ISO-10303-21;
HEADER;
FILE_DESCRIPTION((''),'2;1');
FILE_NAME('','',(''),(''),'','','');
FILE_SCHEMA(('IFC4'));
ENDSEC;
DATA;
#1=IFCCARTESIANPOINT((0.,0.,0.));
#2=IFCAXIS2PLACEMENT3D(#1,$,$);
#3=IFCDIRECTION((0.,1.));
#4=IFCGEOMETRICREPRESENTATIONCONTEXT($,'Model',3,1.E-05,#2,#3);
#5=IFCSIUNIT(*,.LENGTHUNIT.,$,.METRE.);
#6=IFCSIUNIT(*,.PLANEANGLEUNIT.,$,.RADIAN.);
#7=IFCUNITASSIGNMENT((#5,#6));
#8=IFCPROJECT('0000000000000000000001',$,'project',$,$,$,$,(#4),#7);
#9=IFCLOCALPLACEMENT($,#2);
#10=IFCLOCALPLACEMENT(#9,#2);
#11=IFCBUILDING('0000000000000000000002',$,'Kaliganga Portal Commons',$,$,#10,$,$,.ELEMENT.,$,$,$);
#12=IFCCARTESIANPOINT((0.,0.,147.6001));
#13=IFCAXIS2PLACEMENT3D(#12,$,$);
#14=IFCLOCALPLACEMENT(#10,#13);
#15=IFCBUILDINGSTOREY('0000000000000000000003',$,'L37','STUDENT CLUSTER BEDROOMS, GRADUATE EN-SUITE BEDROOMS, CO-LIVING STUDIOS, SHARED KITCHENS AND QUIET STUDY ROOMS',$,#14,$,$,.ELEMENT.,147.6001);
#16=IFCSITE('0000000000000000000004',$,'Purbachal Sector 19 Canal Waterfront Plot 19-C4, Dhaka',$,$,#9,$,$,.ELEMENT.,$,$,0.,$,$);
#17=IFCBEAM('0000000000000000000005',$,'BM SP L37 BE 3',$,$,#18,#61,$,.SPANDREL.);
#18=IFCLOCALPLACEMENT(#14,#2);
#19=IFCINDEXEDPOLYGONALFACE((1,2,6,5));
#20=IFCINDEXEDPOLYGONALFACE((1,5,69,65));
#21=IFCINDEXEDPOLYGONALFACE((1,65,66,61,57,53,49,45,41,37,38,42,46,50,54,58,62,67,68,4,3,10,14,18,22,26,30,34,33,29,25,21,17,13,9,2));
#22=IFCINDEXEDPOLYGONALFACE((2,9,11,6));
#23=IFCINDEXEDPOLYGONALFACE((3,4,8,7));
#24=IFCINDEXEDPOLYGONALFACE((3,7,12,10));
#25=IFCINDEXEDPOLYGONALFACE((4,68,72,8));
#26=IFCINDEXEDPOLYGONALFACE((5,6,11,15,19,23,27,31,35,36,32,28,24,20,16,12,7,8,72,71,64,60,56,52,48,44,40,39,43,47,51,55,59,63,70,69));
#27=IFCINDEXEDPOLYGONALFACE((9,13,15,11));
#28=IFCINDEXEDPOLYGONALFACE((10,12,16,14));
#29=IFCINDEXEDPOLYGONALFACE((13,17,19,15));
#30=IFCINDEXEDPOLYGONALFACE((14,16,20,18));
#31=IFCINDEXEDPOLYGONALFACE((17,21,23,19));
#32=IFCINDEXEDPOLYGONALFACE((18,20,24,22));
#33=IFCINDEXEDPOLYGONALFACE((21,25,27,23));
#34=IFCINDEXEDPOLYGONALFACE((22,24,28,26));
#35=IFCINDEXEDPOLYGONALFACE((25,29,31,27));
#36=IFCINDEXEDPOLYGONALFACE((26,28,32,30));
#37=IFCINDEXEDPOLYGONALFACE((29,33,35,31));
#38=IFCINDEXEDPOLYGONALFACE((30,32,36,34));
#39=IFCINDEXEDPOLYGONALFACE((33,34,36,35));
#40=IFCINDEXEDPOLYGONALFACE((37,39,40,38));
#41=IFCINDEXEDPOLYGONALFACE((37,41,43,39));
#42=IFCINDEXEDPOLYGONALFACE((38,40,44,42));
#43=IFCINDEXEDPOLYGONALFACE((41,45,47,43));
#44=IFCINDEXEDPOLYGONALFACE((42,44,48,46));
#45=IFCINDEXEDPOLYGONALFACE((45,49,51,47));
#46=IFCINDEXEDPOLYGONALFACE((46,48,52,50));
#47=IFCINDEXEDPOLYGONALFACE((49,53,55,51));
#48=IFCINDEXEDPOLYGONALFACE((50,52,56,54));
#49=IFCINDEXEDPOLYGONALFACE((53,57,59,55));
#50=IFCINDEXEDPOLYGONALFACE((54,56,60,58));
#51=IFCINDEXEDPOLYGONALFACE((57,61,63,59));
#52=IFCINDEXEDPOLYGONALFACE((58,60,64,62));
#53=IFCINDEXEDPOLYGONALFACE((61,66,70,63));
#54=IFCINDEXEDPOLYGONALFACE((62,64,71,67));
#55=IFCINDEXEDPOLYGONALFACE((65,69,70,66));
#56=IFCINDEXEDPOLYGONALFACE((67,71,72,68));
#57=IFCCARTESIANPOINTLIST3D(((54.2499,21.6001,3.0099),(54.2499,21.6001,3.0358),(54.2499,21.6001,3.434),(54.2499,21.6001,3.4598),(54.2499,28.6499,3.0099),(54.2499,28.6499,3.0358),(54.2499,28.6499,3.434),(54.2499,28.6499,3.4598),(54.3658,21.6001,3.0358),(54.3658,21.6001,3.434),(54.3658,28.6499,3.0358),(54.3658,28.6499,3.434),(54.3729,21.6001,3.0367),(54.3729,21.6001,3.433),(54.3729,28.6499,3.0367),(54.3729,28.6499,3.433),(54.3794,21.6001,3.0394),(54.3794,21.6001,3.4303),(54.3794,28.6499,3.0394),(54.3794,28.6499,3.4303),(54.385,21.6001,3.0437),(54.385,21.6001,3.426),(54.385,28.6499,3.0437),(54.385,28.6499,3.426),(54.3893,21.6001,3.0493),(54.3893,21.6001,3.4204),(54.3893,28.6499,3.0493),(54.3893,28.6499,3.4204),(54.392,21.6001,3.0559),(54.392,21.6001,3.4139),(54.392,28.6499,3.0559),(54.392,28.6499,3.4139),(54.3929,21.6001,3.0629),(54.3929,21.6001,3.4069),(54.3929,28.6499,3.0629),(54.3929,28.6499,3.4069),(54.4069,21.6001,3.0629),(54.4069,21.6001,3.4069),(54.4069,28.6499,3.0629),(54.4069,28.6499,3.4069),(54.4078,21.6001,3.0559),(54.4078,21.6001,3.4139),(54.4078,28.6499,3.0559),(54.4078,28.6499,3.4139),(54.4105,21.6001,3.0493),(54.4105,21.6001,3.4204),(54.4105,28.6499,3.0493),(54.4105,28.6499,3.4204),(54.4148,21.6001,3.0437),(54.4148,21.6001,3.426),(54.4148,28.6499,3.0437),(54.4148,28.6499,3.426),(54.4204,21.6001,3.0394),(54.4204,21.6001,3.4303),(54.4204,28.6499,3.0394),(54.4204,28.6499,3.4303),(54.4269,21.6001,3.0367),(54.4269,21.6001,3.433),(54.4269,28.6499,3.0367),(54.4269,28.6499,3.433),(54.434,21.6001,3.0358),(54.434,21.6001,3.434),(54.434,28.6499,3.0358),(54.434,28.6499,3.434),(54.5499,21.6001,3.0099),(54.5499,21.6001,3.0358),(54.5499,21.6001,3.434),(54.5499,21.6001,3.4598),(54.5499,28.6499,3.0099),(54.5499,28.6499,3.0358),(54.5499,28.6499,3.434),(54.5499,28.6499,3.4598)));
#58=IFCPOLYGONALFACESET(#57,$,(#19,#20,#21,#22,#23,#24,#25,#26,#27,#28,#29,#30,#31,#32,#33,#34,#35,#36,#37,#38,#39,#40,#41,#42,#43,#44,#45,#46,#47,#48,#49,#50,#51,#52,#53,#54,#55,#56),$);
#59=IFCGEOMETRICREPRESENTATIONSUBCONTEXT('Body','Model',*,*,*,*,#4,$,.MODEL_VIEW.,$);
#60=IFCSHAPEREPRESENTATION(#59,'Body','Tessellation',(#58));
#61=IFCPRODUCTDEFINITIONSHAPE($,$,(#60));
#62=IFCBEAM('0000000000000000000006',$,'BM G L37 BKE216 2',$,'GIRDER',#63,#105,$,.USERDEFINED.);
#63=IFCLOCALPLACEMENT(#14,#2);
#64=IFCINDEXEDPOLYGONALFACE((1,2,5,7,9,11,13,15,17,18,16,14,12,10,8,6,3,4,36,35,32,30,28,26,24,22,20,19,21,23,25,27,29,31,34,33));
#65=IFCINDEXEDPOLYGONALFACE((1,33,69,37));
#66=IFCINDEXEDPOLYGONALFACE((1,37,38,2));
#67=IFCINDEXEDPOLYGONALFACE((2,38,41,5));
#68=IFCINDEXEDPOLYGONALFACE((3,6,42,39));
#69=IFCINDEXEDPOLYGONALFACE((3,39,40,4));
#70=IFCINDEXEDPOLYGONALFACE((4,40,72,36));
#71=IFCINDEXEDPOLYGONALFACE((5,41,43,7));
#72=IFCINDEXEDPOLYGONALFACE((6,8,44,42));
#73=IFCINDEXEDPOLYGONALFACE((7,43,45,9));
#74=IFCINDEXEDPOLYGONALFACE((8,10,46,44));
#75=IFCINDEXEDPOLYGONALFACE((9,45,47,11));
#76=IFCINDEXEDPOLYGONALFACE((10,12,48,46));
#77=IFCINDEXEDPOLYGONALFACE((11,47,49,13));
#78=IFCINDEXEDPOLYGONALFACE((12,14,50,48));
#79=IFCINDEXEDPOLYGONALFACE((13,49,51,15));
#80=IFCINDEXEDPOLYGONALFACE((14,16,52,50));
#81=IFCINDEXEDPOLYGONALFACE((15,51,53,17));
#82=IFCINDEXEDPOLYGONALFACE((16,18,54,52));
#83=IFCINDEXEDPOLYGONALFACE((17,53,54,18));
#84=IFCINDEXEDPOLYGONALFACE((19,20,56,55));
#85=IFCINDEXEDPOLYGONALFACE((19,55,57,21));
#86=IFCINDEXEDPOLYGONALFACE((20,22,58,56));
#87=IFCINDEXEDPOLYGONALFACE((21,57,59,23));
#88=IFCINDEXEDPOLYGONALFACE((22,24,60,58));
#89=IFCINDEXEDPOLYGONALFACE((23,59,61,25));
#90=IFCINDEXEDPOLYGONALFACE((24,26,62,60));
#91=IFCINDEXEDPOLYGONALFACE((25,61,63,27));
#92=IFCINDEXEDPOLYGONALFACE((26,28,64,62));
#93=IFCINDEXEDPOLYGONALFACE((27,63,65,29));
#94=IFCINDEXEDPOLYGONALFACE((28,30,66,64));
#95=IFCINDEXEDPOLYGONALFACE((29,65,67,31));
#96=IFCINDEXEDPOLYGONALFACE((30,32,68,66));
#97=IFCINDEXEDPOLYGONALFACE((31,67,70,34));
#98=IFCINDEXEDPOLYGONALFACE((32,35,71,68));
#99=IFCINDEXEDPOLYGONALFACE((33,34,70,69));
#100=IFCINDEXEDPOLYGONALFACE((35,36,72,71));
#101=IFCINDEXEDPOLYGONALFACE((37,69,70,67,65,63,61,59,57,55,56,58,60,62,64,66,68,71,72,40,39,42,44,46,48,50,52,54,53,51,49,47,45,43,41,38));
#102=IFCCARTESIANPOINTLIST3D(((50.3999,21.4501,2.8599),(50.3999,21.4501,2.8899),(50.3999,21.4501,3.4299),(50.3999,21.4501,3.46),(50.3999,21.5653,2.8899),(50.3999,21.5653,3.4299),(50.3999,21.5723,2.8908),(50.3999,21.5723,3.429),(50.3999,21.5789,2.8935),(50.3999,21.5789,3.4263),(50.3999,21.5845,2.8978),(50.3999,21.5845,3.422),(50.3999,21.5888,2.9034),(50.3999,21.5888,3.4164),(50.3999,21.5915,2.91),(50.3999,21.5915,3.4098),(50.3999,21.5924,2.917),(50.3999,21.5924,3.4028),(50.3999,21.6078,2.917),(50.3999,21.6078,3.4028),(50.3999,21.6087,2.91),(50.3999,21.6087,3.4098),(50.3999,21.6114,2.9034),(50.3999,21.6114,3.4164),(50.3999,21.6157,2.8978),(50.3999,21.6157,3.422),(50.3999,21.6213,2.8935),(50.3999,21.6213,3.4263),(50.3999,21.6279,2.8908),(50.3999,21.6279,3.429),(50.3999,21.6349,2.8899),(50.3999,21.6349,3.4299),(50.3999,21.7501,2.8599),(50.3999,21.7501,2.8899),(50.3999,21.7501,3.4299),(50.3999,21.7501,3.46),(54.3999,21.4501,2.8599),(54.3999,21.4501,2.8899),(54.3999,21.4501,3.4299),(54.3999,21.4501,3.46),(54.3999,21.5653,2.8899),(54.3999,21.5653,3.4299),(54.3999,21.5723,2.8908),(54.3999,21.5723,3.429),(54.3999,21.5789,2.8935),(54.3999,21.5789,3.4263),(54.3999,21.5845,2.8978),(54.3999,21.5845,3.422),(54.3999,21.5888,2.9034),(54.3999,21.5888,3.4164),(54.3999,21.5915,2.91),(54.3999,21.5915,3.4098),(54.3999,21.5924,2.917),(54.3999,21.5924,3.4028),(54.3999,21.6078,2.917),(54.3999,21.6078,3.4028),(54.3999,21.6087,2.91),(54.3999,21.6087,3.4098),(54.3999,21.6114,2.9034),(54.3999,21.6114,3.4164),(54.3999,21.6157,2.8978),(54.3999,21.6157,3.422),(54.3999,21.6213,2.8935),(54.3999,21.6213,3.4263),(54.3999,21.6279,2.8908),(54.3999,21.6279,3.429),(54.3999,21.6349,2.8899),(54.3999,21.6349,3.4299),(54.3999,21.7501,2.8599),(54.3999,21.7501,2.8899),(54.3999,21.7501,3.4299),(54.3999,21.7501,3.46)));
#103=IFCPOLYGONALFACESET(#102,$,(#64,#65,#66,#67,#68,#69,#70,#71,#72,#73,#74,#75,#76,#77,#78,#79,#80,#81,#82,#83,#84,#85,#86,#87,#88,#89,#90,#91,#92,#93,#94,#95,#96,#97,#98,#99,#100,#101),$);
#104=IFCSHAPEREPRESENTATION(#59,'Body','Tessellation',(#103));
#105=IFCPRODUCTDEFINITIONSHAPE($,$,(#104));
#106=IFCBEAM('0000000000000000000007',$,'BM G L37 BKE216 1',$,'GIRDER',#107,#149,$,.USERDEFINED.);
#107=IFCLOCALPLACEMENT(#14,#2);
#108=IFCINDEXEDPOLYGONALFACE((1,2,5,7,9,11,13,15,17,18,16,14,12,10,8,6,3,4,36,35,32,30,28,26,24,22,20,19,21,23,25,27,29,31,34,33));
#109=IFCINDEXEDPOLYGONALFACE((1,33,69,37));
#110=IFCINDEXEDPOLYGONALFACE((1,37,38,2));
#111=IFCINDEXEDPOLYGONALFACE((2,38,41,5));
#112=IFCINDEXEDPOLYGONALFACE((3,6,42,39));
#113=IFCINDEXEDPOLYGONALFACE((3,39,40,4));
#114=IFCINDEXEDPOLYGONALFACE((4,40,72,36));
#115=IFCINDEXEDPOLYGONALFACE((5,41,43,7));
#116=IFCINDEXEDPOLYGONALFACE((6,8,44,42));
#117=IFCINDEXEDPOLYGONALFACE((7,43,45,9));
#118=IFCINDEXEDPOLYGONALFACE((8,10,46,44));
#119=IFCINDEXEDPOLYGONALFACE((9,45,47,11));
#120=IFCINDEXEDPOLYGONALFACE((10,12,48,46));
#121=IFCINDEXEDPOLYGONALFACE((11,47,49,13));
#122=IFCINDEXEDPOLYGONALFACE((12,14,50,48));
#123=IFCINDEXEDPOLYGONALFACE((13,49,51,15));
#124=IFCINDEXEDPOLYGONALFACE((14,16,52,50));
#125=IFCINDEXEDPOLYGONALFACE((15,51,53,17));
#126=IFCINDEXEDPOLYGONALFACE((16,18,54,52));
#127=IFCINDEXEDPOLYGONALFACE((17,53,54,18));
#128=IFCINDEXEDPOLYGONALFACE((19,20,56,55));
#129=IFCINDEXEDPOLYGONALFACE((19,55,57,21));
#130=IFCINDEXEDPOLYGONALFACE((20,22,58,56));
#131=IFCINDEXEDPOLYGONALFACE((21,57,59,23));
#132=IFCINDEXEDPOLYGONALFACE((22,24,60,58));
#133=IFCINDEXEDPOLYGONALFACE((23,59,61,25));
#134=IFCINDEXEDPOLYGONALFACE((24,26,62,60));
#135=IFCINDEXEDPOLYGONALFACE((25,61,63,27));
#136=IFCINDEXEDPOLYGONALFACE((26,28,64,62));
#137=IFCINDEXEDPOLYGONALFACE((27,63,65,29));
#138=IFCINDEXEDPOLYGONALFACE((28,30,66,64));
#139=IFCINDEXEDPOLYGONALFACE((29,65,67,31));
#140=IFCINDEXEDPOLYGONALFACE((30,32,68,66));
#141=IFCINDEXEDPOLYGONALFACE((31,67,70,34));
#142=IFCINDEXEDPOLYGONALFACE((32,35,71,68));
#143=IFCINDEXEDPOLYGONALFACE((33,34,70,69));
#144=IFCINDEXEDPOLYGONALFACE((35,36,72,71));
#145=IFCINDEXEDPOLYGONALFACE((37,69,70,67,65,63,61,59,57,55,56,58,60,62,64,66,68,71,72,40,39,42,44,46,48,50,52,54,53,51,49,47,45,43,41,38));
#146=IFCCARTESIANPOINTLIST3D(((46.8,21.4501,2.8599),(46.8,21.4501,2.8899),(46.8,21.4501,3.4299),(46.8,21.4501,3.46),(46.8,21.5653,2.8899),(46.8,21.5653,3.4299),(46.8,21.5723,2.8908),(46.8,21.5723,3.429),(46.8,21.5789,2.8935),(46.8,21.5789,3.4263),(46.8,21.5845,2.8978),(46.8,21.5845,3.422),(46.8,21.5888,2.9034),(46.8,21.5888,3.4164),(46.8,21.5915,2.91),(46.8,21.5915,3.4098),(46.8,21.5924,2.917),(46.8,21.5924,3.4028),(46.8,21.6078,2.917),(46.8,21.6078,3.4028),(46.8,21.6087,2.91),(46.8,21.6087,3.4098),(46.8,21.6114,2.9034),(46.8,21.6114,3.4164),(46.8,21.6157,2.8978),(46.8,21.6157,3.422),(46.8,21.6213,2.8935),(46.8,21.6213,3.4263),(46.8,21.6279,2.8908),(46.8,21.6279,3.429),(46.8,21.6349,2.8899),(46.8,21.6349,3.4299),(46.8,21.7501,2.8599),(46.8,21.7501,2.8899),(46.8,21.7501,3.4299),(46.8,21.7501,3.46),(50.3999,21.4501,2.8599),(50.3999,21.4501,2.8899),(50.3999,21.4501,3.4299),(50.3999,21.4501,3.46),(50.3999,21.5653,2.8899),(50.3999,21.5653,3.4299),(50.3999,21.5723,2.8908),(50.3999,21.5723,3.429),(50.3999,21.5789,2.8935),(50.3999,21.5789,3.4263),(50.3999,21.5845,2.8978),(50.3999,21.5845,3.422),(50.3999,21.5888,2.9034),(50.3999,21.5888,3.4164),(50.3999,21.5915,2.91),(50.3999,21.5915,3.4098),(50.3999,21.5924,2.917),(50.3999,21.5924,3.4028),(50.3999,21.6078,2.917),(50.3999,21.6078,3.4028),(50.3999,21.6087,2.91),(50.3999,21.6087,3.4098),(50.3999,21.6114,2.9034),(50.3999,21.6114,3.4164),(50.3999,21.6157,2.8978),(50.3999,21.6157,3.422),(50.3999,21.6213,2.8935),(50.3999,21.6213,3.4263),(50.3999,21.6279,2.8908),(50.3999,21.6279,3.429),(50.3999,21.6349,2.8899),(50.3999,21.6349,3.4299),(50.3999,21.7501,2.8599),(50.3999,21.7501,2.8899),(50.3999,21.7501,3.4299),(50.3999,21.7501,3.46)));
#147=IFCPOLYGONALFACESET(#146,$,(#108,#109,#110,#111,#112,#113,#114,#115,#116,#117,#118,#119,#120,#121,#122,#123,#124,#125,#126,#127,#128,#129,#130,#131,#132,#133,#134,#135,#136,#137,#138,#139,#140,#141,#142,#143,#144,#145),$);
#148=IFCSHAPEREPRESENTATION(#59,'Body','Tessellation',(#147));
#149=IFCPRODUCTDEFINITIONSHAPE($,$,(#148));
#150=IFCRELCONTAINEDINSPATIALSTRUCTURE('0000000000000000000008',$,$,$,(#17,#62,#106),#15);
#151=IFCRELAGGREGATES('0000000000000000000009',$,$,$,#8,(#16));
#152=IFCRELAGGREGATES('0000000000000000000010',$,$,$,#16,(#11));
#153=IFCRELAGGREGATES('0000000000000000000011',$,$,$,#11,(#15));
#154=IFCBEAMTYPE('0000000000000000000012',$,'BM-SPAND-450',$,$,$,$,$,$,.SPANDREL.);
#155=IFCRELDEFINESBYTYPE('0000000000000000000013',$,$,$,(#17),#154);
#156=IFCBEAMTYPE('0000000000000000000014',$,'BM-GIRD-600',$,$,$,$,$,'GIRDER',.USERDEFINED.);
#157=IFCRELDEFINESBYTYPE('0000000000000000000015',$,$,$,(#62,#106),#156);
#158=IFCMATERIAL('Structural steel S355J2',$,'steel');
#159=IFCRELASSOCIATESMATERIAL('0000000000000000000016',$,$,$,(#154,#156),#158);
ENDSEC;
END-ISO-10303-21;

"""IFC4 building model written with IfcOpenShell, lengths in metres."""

from ifc_helpers import new_model, si_unit, direction, frame, origin, origin_2d, place, context, subcontext, project, spatial, i_section, extrude, source, transform, mapped, material, material_profile, profile_set, type_object, element, save


model = new_model("IFC4")

# Units and contexts
model_context = context("Model", 3, precision=1e-05, world=origin(), true_north=direction((0.0, 1.0)))
body_context = subcontext(model_context, "Body", "Model", "MODEL_VIEW")
ifc_project = project(units=[si_unit("LENGTHUNIT", "METRE"), si_unit("PLANEANGLEUNIT", "RADIAN")], contexts=[model_context])

# Site, building, storey
site_placement = place(None, origin())
site = spatial("IfcSite", under=ifc_project, at=site_placement, Name="Purbachal Sector 19 Canal Waterfront Plot 19-C4, Dhaka", CompositionType="ELEMENT", RefElevation=0.0)
building_placement = place(site_placement, origin())
building = spatial("IfcBuilding", under=site, at=building_placement, Name="Kaliganga Portal Commons", CompositionType="ELEMENT")
storey_placement = place(building_placement, frame((0.0, 0.0, 147.6001)))
storey = spatial("IfcBuildingStorey", under=building, at=storey_placement, Name="L37", Description="STUDENT CLUSTER BEDROOMS, GRADUATE EN-SUITE BEDROOMS, CO-LIVING STUDIOS, SHARED KITCHENS AND QUIET STUDY ROOMS", CompositionType="ELEMENT", Elevation=147.6001)

# Beams
ifc_material_1 = material(Name="Structural steel S355J2", Category="steel")
ifc_material_profile_1 = material_profile(ifc_material_1, i_section(OverallWidth=0.3, OverallDepth=0.45, WebThickness=0.0139, FlangeThickness=0.0259, FilletRadius=0.0271, at=origin_2d()), Name="HE 450 B")
ifc_profile_set_1 = profile_set([ifc_material_profile_1], Name="Structural steel S355J2 wide-flange")
beam_type_1 = type_object("IfcBeamType", Name="BM-SPAND-450", PredefinedType="SPANDREL", material=ifc_profile_set_1)
shared_shape_1 = source(origin(), body_context, "Body", "SweptSolid", [
    extrude(i_section(OverallWidth=0.3, OverallDepth=0.45, WebThickness=0.0139, FlangeThickness=0.0259, FilletRadius=0.0271, at=origin_2d()), origin(), (0.0, 0.0, 1.0), 7.0498),
])
beam_1_placement = place(storey_placement, frame((54.3999, 21.6001, 3.2349), z_axis=(0.0, 1.0, 0.0), x_axis=(-1.0, 0.0, 0.0)))
element("IfcBeam", 1, at=beam_1_placement, inside=storey, type_object=beam_type_1, Name="BM SP L37 BE 3", PredefinedType="SPANDREL", context=body_context, shape_type="MappedRepresentation", body=[
    mapped(shared_shape_1, transform((0.0, 0.0, 0.0), x_axis=(1.0, 0.0, 0.0), y_axis=(0.0, 1.0, 0.0), z_axis=(0.0, 0.0, 1.0), scale=1.0)),
])
ifc_material_profile_2 = material_profile(ifc_material_1, i_section(OverallWidth=0.3, OverallDepth=0.6001, WebThickness=0.0154, FlangeThickness=0.03, FilletRadius=0.0271, at=origin_2d()), Name="HE 600 B")
ifc_profile_set_2 = profile_set([ifc_material_profile_2], Name="Structural steel S355J2 wide-flange")
beam_type_2 = type_object("IfcBeamType", Name="BM-GIRD-600", ElementType="GIRDER", PredefinedType="USERDEFINED", material=ifc_profile_set_2)
shared_shape_2 = source(origin(), body_context, "Body", "SweptSolid", [
    extrude(i_section(OverallWidth=0.3, OverallDepth=0.6001, WebThickness=0.0154, FlangeThickness=0.03, FilletRadius=0.0271, at=origin_2d()), origin(), (0.0, 0.0, 1.0), 4.0),
])
beam_2_placement = place(storey_placement, frame((50.3999, 21.6001, 3.1599), z_axis=(1.0, 0.0, 0.0), x_axis=(0.0, 1.0, 0.0)))
element("IfcBeam", 2, at=beam_2_placement, inside=storey, type_object=beam_type_2, Name="BM G L37 BKE216 2", ObjectType="GIRDER", PredefinedType="USERDEFINED", context=body_context, shape_type="MappedRepresentation", body=[
    mapped(shared_shape_2, transform((0.0, 0.0, 0.0), x_axis=(1.0, 0.0, 0.0), y_axis=(0.0, 1.0, 0.0), z_axis=(0.0, 0.0, 1.0), scale=1.0)),
])
shared_shape_3 = source(origin(), body_context, "Body", "SweptSolid", [
    extrude(i_section(OverallWidth=0.3, OverallDepth=0.6001, WebThickness=0.0154, FlangeThickness=0.03, FilletRadius=0.0271, at=origin_2d()), origin(), (0.0, 0.0, 1.0), 3.5999),
])
beam_3_placement = place(storey_placement, frame((46.8, 21.6001, 3.1599), z_axis=(1.0, 0.0, 0.0), x_axis=(0.0, 1.0, 0.0)))
element("IfcBeam", 3, at=beam_3_placement, inside=storey, type_object=beam_type_2, Name="BM G L37 BKE216 1", ObjectType="GIRDER", PredefinedType="USERDEFINED", context=body_context, shape_type="MappedRepresentation", body=[
    mapped(shared_shape_3, transform((0.0, 0.0, 0.0), x_axis=(1.0, 0.0, 0.0), y_axis=(0.0, 1.0, 0.0), z_axis=(0.0, 0.0, 1.0), scale=1.0)),
])

save(model, "model.ifc")
